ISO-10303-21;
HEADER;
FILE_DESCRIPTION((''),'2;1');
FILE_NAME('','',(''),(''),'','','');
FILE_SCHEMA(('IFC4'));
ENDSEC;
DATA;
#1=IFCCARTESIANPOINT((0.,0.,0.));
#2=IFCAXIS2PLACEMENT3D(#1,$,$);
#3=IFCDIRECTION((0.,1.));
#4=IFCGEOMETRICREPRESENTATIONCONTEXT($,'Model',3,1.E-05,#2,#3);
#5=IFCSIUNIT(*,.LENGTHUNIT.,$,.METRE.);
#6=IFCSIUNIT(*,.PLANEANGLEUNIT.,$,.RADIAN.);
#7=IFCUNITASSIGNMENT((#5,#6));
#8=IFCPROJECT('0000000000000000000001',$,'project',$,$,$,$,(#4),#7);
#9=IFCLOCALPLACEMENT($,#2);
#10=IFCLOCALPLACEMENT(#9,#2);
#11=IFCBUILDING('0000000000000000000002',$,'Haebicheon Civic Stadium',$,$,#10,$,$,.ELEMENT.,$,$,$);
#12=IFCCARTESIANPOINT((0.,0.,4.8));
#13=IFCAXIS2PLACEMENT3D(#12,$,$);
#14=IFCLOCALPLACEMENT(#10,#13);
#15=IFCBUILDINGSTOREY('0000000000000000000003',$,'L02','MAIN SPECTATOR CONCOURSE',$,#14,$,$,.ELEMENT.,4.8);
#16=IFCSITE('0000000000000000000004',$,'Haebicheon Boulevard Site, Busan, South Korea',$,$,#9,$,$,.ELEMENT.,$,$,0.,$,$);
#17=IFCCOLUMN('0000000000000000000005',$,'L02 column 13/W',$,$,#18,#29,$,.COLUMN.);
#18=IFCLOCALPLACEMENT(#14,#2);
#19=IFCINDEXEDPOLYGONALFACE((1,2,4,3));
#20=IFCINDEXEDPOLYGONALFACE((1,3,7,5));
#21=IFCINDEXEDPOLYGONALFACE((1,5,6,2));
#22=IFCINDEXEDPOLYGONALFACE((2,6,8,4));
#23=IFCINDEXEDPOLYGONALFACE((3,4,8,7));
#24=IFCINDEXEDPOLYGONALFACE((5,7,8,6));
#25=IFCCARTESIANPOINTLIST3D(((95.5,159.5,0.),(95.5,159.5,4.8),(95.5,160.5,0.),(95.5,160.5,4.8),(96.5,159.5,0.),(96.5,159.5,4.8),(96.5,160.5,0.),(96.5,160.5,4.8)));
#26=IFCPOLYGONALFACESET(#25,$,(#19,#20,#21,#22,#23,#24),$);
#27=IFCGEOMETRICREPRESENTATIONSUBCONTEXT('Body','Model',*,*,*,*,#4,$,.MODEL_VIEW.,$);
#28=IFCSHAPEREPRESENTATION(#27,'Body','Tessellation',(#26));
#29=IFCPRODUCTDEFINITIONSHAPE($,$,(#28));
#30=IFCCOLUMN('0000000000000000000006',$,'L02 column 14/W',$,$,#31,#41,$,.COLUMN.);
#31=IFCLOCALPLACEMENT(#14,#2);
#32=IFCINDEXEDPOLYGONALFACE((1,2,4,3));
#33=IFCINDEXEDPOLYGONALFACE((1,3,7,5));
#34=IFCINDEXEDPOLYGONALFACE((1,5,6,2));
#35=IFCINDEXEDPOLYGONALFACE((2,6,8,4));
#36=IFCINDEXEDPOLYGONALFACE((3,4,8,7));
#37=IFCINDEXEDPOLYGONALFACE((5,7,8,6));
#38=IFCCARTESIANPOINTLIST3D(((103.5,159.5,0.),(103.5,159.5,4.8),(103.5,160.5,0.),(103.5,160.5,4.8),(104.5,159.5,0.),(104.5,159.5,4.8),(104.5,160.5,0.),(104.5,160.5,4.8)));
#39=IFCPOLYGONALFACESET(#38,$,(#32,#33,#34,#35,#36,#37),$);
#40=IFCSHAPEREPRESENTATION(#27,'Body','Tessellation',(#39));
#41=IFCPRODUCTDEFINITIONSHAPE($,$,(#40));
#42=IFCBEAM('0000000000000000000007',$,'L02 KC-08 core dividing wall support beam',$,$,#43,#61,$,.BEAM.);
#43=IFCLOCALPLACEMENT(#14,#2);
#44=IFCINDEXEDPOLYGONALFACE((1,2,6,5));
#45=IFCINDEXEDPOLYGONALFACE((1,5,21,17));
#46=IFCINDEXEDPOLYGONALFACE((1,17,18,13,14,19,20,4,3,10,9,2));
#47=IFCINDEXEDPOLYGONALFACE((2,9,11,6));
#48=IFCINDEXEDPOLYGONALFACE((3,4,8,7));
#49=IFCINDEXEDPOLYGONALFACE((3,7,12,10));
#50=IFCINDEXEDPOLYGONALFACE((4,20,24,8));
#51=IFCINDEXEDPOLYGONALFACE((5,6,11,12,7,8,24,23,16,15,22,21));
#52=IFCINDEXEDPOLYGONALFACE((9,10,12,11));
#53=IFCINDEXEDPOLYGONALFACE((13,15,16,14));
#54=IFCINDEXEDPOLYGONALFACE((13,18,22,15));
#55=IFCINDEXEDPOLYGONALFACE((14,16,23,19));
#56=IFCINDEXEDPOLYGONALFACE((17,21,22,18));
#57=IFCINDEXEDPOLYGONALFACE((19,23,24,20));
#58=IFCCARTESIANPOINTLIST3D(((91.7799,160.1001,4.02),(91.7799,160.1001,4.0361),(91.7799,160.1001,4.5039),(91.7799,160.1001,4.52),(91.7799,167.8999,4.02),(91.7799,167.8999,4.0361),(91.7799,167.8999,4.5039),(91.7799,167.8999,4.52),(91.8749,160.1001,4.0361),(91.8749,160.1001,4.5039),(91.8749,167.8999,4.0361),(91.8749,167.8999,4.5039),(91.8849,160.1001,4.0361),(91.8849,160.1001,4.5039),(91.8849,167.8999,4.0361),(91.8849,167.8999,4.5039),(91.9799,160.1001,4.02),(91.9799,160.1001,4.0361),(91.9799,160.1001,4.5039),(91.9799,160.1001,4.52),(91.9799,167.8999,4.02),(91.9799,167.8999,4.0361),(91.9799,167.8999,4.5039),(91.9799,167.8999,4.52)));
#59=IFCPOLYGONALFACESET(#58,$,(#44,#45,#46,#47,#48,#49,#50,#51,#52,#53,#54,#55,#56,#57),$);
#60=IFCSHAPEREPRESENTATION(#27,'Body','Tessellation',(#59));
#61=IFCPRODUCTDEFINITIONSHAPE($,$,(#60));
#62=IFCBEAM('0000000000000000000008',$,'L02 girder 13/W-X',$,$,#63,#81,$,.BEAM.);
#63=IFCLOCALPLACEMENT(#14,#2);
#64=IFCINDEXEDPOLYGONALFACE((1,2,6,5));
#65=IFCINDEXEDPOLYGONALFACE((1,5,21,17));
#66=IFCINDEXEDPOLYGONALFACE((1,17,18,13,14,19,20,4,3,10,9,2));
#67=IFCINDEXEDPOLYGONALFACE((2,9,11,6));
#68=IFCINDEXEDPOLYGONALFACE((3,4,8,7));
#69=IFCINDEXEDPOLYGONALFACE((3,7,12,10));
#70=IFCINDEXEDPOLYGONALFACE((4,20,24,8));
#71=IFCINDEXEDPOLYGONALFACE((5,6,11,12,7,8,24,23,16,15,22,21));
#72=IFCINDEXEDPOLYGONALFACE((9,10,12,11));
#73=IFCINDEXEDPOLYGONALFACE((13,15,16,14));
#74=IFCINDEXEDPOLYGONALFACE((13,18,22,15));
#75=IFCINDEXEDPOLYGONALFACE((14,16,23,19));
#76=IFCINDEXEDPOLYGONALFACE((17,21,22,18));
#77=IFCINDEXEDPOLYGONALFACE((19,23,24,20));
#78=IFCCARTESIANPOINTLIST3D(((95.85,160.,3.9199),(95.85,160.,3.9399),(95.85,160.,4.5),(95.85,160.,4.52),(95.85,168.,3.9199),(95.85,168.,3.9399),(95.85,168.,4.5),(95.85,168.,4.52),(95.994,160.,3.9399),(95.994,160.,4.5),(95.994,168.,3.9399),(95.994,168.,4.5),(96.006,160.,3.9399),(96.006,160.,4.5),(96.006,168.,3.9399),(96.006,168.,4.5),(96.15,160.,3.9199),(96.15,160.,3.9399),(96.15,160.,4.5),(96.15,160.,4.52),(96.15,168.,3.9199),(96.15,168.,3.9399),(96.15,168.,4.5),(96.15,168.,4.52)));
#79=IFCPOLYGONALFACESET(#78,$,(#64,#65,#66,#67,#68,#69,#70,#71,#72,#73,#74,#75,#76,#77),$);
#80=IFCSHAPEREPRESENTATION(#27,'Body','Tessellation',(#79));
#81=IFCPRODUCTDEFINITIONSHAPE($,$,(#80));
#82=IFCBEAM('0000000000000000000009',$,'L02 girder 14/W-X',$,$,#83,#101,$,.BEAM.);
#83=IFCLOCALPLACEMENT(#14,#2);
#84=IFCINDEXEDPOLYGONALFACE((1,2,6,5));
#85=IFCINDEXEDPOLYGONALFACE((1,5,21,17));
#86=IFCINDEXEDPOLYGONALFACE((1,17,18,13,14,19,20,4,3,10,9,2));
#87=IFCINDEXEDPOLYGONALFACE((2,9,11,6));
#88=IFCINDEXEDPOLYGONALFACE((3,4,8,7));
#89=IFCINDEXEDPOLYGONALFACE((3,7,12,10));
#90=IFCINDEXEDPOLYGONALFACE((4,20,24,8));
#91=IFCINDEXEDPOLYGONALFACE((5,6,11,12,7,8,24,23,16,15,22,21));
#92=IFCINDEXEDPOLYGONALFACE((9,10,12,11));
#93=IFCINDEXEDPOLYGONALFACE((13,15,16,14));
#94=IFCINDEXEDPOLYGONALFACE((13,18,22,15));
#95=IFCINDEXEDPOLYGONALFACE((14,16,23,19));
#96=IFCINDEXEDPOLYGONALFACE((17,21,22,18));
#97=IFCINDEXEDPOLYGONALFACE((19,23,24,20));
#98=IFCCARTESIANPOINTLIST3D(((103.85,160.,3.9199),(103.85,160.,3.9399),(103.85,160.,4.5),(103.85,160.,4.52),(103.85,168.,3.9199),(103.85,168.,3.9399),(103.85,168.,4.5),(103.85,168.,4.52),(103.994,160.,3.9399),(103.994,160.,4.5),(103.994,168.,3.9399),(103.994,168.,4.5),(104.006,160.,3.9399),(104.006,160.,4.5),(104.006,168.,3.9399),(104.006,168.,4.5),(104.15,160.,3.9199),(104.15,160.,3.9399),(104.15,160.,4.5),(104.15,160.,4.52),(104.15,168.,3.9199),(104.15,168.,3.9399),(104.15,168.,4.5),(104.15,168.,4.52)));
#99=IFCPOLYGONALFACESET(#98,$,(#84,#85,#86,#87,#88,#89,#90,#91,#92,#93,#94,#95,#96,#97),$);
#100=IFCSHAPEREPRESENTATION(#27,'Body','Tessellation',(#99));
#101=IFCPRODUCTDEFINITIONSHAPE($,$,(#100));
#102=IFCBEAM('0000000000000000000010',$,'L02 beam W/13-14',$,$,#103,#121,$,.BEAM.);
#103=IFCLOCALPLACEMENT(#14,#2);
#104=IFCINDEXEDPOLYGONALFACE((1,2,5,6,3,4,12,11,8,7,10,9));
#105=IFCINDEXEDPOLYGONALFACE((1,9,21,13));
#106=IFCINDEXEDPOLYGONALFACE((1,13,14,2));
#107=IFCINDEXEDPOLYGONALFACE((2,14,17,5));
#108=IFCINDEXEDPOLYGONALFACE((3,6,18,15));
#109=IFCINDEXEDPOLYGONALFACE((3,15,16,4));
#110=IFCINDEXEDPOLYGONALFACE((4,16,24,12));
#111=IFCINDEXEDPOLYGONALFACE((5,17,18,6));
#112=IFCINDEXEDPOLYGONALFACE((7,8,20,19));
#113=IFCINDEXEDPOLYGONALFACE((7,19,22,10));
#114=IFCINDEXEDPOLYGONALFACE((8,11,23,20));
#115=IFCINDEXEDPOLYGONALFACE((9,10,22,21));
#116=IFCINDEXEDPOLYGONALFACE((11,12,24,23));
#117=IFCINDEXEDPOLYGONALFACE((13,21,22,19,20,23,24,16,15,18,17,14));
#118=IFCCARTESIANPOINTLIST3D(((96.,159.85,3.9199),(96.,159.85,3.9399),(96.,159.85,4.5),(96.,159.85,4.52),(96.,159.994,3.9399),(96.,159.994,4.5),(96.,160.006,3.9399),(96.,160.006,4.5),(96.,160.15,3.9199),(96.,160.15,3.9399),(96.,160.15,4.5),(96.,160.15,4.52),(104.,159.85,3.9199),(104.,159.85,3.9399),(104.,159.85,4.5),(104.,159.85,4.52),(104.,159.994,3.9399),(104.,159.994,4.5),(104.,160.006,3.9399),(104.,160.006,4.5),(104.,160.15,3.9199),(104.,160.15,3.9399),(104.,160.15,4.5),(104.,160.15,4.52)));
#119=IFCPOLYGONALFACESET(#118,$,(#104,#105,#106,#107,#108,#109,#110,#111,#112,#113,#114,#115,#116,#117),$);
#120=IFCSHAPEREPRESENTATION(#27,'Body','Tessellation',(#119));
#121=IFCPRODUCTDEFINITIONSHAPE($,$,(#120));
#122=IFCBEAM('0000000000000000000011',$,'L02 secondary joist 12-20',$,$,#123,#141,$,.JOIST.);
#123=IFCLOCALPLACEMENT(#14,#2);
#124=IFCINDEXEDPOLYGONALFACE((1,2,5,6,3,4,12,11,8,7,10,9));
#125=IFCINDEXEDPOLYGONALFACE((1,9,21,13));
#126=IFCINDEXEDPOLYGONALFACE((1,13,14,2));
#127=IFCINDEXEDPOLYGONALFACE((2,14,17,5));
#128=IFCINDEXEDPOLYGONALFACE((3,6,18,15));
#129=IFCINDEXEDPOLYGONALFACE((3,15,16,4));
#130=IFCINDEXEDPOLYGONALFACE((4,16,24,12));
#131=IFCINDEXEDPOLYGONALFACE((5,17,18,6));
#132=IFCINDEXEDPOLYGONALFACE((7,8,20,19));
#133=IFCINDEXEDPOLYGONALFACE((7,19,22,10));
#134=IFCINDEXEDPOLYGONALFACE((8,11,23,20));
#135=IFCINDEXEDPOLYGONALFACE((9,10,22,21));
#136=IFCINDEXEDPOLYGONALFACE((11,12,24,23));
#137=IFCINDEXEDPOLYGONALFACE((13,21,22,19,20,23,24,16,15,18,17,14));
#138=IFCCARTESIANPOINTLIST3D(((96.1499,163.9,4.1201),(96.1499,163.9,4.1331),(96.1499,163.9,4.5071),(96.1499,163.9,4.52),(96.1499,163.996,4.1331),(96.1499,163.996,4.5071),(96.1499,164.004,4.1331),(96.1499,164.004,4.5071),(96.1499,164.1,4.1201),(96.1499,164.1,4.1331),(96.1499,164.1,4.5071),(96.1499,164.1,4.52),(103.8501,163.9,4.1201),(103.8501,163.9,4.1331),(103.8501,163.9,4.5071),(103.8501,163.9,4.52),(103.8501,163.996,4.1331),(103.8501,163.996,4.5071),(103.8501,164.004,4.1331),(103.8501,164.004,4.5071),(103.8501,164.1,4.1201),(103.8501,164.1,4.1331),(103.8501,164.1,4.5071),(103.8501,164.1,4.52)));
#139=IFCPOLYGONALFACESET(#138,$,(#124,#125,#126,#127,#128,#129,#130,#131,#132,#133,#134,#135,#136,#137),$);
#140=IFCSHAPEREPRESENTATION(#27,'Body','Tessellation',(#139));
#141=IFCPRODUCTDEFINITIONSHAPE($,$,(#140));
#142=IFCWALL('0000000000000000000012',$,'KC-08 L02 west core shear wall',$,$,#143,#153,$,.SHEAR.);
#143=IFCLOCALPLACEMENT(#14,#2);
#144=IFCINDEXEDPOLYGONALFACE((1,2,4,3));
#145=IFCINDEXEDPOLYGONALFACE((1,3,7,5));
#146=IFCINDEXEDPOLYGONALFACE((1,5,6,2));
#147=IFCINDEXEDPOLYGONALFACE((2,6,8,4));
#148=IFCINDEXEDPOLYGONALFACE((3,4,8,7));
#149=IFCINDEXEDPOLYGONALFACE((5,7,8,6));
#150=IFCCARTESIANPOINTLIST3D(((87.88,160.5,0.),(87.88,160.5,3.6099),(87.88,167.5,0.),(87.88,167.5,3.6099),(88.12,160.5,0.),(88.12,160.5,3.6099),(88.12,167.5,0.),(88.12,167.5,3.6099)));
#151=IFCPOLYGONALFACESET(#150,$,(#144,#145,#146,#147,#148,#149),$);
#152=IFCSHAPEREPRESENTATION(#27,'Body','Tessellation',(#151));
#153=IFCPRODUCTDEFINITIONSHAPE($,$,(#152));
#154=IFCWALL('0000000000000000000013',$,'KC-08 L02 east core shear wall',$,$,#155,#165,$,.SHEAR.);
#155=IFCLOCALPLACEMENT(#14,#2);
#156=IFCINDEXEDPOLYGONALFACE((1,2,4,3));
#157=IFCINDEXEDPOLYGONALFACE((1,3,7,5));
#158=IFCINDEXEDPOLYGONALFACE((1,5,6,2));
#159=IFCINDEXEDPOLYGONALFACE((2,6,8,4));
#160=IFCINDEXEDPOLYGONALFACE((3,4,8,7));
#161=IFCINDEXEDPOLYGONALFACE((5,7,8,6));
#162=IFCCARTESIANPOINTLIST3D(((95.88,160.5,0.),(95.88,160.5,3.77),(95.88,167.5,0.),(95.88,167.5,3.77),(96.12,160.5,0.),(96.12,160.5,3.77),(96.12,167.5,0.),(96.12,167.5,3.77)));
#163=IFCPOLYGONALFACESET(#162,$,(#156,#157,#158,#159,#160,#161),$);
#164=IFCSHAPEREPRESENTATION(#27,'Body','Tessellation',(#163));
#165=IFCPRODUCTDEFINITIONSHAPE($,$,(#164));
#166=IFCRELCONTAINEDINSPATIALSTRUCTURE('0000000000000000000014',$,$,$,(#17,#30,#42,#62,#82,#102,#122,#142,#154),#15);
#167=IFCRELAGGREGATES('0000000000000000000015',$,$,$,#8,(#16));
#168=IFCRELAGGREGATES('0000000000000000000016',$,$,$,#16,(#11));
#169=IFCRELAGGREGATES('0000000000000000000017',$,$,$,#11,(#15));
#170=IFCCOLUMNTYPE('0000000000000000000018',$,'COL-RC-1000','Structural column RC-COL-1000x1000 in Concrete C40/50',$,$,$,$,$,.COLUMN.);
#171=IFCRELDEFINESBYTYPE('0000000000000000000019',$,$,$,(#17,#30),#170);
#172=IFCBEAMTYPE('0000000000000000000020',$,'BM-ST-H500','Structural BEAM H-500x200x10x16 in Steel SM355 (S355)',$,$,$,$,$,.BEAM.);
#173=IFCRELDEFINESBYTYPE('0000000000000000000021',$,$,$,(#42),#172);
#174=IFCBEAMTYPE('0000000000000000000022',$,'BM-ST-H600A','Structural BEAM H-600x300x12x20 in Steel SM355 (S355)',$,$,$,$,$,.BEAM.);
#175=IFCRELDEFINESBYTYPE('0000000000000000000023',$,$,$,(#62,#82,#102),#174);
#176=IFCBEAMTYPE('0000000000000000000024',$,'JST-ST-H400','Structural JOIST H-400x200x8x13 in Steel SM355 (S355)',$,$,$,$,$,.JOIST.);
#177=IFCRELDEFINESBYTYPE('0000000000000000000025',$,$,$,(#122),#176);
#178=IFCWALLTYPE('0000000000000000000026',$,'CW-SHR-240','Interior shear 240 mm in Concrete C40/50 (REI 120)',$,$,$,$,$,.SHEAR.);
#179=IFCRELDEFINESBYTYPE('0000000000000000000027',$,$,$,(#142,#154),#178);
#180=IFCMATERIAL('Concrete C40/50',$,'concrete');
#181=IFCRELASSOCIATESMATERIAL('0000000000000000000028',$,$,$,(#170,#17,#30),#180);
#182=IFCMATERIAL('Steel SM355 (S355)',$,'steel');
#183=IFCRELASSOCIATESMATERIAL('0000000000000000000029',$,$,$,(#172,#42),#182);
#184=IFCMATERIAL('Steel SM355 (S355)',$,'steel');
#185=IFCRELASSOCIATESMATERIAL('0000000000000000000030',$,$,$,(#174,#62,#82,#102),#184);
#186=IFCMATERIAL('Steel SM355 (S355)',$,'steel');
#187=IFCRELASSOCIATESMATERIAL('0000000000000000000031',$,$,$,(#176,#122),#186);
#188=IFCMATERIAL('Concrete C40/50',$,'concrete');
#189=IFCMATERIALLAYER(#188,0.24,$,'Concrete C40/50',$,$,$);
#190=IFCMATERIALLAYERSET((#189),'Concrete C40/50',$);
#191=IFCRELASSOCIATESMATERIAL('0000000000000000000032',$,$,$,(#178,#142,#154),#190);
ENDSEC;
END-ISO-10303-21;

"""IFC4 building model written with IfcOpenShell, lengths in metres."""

from ifc_helpers import new_model, si_unit, direction, frame, frame_2d, origin, origin_2d, place, context, subcontext, project, spatial, rectangle, i_section, extrude, material, layer, layer_set, material_profile, profile_set, type_object, element, save


model = new_model("IFC4")

# Units and contexts
model_context = context("Model", 3, precision=1e-05, world=origin(), true_north=direction((0.0, 1.0)))
body_context = subcontext(model_context, "Body", "Model", "MODEL_VIEW")
ifc_project = project(units=[si_unit("LENGTHUNIT", "METRE"), si_unit("PLANEANGLEUNIT", "RADIAN")], contexts=[model_context])

# Site, building, storey
site_placement = place(None, origin())
site = spatial("IfcSite", under=ifc_project, at=site_placement, Name="Haebicheon Boulevard Site, Busan, South Korea", CompositionType="ELEMENT", RefElevation=0.0)
building_placement = place(site_placement, origin())
building = spatial("IfcBuilding", under=site, at=building_placement, Name="Haebicheon Civic Stadium", CompositionType="ELEMENT")
storey_placement = place(building_placement, frame((0.0, 0.0, 4.8)))
storey = spatial("IfcBuildingStorey", under=building, at=storey_placement, Name="L02", Description="MAIN SPECTATOR CONCOURSE", CompositionType="ELEMENT", Elevation=4.8)

# Columns
ifc_material_1 = material(Name="Concrete C40/50", Category="concrete")
ifc_material_profile_1 = material_profile(ifc_material_1, rectangle(XDim=1.0, YDim=1.0, at=origin_2d()), Name="RC-COL-1000x1000")
ifc_profile_set_1 = profile_set([ifc_material_profile_1], Name="Concrete C40/50")
column_type = type_object("IfcColumnType", Name="COL-RC-1000", Description="Structural column RC-COL-1000x1000 in Concrete C40/50", PredefinedType="COLUMN", material=ifc_profile_set_1)
for number, where, z_axis, x_axis, name in (
    (1, (96.0, 160.0, 0.0), (0.0, 0.0, 1.0), (1.0, 0.0, 0.0), "L02 column 13/W"),
    (2, (104.0, 160.0, 0.0), (0.0, 0.0, 1.0), (1.0, 0.0, 0.0), "L02 column 14/W"),
):
    element("IfcColumn", number, at=place(storey_placement, frame(where, z_axis=z_axis, x_axis=x_axis)), inside=storey, type_object=column_type, material=ifc_profile_set_1, Name=name, PredefinedType="COLUMN", context=body_context, shape_type="SweptSolid", body=[
        extrude(rectangle(XDim=1.0, YDim=1.0, at=origin_2d()), origin(), (0.0, 0.0, 1.0), 4.8),
    ])

# Beams
ifc_material_2 = material(Name="Steel SM355 (S355)", Category="steel")
ifc_material_profile_2 = material_profile(ifc_material_2, i_section(OverallWidth=0.2, OverallDepth=0.5, WebThickness=0.01, FlangeThickness=0.0161, at=origin_2d()), Name="H-500x200x10x16")
ifc_profile_set_2 = profile_set([ifc_material_profile_2], Name="Steel SM355 (S355)")
beam_type_1 = type_object("IfcBeamType", Name="BM-ST-H500", Description="Structural BEAM H-500x200x10x16 in Steel SM355 (S355)", PredefinedType="BEAM", material=ifc_profile_set_2)
beam_1_placement = place(storey_placement, frame((91.8799, 160.1001, 4.27), z_axis=(0.0, 1.0, 0.0), x_axis=(-1.0, 0.0, 0.0)))
element("IfcBeam", 3, at=beam_1_placement, inside=storey, type_object=beam_type_1, material=ifc_profile_set_2, Name="L02 KC-08 core dividing wall support beam", PredefinedType="BEAM", context=body_context, shape_type="SweptSolid", body=[
    extrude(i_section(OverallWidth=0.2, OverallDepth=0.5, WebThickness=0.01, FlangeThickness=0.0161, at=origin_2d()), origin(), (0.0, 0.0, 1.0), 7.7998),
])
ifc_material_3 = material(Name="Steel SM355 (S355)", Category="steel")
ifc_material_profile_3 = material_profile(ifc_material_3, i_section(OverallWidth=0.3, OverallDepth=0.6001, WebThickness=0.012, FlangeThickness=0.02, at=origin_2d()), Name="H-600x300x12x20")
ifc_profile_set_3 = profile_set([ifc_material_profile_3], Name="Steel SM355 (S355)")
beam_type_2 = type_object("IfcBeamType", Name="BM-ST-H600A", Description="Structural BEAM H-600x300x12x20 in Steel SM355 (S355)", PredefinedType="BEAM", material=ifc_profile_set_3)
for number, where, z_axis, x_axis, name in (
    (4, (96.0, 160.0, 4.22), (0.0, 1.0, 0.0), (-1.0, 0.0, 0.0), "L02 girder 13/W-X"),
    (5, (104.0, 160.0, 4.22), (0.0, 1.0, 0.0), (-1.0, 0.0, 0.0), "L02 girder 14/W-X"),
    (6, (96.0, 160.0, 4.22), (1.0, 0.0, 0.0), (0.0, 1.0, 0.0), "L02 beam W/13-14"),
):
    element("IfcBeam", number, at=place(storey_placement, frame(where, z_axis=z_axis, x_axis=x_axis)), inside=storey, type_object=beam_type_2, material=ifc_profile_set_3, Name=name, PredefinedType="BEAM", context=body_context, shape_type="SweptSolid", body=[
        extrude(i_section(OverallWidth=0.3, OverallDepth=0.6001, WebThickness=0.012, FlangeThickness=0.02, at=origin_2d()), origin(), (0.0, 0.0, 1.0), 8.0),
    ])
ifc_material_4 = material(Name="Steel SM355 (S355)", Category="steel")
ifc_material_profile_4 = material_profile(ifc_material_4, i_section(OverallWidth=0.2, OverallDepth=0.3999, WebThickness=0.0081, FlangeThickness=0.0129, at=origin_2d()), Name="H-400x200x8x13")
ifc_profile_set_4 = profile_set([ifc_material_profile_4], Name="Steel SM355 (S355)")
beam_type_3 = type_object("IfcBeamType", Name="JST-ST-H400", Description="Structural JOIST H-400x200x8x13 in Steel SM355 (S355)", PredefinedType="JOIST", material=ifc_profile_set_4)
beam_2_placement = place(storey_placement, frame((96.1499, 164.0, 4.3201), z_axis=(1.0, 0.0, 0.0), x_axis=(0.0, 1.0, 0.0)))
element("IfcBeam", 7, at=beam_2_placement, inside=storey, type_object=beam_type_3, material=ifc_profile_set_4, Name="L02 secondary joist 12-20", PredefinedType="JOIST", context=body_context, shape_type="SweptSolid", body=[
    extrude(i_section(OverallWidth=0.2, OverallDepth=0.3999, WebThickness=0.0081, FlangeThickness=0.0129, at=origin_2d()), origin(), (0.0, 0.0, 1.0), 7.7002),
])

# Walls
ifc_material_5 = material(Name="Concrete C40/50", Category="concrete")
ifc_layer = layer(ifc_material_5, 0.24, Name="Concrete C40/50")
ifc_layer_set = layer_set([ifc_layer], Name="Concrete C40/50")
wall_type = type_object("IfcWallType", Name="CW-SHR-240", Description="Interior shear 240 mm in Concrete C40/50 (REI 120)", PredefinedType="SHEAR", material=ifc_layer_set)
wall_1_placement = place(storey_placement, frame((88.0, 160.5, 0.0), z_axis=(0.0, 0.0, 1.0), x_axis=(0.0, 1.0, 0.0)))
element("IfcWall", 8, at=wall_1_placement, inside=storey, type_object=wall_type, material=ifc_layer_set, Name="KC-08 L02 west core shear wall", PredefinedType="SHEAR", context=body_context, shape_type="SweptSolid", body=[
    extrude(rectangle(XDim=7.0, YDim=0.24, at=frame_2d((3.5, 0.0))), origin(), (0.0, 0.0, 1.0), 3.6099),
])
wall_2_placement = place(storey_placement, frame((96.0, 160.5, 0.0), z_axis=(0.0, 0.0, 1.0), x_axis=(0.0, 1.0, 0.0)))
element("IfcWall", 9, at=wall_2_placement, inside=storey, type_object=wall_type, material=ifc_layer_set, Name="KC-08 L02 east core shear wall", PredefinedType="SHEAR", context=body_context, shape_type="SweptSolid", body=[
    extrude(rectangle(XDim=7.0, YDim=0.24, at=frame_2d((3.5, 0.0))), origin(), (0.0, 0.0, 1.0), 3.77),
])

save(model, "model.ifc")
